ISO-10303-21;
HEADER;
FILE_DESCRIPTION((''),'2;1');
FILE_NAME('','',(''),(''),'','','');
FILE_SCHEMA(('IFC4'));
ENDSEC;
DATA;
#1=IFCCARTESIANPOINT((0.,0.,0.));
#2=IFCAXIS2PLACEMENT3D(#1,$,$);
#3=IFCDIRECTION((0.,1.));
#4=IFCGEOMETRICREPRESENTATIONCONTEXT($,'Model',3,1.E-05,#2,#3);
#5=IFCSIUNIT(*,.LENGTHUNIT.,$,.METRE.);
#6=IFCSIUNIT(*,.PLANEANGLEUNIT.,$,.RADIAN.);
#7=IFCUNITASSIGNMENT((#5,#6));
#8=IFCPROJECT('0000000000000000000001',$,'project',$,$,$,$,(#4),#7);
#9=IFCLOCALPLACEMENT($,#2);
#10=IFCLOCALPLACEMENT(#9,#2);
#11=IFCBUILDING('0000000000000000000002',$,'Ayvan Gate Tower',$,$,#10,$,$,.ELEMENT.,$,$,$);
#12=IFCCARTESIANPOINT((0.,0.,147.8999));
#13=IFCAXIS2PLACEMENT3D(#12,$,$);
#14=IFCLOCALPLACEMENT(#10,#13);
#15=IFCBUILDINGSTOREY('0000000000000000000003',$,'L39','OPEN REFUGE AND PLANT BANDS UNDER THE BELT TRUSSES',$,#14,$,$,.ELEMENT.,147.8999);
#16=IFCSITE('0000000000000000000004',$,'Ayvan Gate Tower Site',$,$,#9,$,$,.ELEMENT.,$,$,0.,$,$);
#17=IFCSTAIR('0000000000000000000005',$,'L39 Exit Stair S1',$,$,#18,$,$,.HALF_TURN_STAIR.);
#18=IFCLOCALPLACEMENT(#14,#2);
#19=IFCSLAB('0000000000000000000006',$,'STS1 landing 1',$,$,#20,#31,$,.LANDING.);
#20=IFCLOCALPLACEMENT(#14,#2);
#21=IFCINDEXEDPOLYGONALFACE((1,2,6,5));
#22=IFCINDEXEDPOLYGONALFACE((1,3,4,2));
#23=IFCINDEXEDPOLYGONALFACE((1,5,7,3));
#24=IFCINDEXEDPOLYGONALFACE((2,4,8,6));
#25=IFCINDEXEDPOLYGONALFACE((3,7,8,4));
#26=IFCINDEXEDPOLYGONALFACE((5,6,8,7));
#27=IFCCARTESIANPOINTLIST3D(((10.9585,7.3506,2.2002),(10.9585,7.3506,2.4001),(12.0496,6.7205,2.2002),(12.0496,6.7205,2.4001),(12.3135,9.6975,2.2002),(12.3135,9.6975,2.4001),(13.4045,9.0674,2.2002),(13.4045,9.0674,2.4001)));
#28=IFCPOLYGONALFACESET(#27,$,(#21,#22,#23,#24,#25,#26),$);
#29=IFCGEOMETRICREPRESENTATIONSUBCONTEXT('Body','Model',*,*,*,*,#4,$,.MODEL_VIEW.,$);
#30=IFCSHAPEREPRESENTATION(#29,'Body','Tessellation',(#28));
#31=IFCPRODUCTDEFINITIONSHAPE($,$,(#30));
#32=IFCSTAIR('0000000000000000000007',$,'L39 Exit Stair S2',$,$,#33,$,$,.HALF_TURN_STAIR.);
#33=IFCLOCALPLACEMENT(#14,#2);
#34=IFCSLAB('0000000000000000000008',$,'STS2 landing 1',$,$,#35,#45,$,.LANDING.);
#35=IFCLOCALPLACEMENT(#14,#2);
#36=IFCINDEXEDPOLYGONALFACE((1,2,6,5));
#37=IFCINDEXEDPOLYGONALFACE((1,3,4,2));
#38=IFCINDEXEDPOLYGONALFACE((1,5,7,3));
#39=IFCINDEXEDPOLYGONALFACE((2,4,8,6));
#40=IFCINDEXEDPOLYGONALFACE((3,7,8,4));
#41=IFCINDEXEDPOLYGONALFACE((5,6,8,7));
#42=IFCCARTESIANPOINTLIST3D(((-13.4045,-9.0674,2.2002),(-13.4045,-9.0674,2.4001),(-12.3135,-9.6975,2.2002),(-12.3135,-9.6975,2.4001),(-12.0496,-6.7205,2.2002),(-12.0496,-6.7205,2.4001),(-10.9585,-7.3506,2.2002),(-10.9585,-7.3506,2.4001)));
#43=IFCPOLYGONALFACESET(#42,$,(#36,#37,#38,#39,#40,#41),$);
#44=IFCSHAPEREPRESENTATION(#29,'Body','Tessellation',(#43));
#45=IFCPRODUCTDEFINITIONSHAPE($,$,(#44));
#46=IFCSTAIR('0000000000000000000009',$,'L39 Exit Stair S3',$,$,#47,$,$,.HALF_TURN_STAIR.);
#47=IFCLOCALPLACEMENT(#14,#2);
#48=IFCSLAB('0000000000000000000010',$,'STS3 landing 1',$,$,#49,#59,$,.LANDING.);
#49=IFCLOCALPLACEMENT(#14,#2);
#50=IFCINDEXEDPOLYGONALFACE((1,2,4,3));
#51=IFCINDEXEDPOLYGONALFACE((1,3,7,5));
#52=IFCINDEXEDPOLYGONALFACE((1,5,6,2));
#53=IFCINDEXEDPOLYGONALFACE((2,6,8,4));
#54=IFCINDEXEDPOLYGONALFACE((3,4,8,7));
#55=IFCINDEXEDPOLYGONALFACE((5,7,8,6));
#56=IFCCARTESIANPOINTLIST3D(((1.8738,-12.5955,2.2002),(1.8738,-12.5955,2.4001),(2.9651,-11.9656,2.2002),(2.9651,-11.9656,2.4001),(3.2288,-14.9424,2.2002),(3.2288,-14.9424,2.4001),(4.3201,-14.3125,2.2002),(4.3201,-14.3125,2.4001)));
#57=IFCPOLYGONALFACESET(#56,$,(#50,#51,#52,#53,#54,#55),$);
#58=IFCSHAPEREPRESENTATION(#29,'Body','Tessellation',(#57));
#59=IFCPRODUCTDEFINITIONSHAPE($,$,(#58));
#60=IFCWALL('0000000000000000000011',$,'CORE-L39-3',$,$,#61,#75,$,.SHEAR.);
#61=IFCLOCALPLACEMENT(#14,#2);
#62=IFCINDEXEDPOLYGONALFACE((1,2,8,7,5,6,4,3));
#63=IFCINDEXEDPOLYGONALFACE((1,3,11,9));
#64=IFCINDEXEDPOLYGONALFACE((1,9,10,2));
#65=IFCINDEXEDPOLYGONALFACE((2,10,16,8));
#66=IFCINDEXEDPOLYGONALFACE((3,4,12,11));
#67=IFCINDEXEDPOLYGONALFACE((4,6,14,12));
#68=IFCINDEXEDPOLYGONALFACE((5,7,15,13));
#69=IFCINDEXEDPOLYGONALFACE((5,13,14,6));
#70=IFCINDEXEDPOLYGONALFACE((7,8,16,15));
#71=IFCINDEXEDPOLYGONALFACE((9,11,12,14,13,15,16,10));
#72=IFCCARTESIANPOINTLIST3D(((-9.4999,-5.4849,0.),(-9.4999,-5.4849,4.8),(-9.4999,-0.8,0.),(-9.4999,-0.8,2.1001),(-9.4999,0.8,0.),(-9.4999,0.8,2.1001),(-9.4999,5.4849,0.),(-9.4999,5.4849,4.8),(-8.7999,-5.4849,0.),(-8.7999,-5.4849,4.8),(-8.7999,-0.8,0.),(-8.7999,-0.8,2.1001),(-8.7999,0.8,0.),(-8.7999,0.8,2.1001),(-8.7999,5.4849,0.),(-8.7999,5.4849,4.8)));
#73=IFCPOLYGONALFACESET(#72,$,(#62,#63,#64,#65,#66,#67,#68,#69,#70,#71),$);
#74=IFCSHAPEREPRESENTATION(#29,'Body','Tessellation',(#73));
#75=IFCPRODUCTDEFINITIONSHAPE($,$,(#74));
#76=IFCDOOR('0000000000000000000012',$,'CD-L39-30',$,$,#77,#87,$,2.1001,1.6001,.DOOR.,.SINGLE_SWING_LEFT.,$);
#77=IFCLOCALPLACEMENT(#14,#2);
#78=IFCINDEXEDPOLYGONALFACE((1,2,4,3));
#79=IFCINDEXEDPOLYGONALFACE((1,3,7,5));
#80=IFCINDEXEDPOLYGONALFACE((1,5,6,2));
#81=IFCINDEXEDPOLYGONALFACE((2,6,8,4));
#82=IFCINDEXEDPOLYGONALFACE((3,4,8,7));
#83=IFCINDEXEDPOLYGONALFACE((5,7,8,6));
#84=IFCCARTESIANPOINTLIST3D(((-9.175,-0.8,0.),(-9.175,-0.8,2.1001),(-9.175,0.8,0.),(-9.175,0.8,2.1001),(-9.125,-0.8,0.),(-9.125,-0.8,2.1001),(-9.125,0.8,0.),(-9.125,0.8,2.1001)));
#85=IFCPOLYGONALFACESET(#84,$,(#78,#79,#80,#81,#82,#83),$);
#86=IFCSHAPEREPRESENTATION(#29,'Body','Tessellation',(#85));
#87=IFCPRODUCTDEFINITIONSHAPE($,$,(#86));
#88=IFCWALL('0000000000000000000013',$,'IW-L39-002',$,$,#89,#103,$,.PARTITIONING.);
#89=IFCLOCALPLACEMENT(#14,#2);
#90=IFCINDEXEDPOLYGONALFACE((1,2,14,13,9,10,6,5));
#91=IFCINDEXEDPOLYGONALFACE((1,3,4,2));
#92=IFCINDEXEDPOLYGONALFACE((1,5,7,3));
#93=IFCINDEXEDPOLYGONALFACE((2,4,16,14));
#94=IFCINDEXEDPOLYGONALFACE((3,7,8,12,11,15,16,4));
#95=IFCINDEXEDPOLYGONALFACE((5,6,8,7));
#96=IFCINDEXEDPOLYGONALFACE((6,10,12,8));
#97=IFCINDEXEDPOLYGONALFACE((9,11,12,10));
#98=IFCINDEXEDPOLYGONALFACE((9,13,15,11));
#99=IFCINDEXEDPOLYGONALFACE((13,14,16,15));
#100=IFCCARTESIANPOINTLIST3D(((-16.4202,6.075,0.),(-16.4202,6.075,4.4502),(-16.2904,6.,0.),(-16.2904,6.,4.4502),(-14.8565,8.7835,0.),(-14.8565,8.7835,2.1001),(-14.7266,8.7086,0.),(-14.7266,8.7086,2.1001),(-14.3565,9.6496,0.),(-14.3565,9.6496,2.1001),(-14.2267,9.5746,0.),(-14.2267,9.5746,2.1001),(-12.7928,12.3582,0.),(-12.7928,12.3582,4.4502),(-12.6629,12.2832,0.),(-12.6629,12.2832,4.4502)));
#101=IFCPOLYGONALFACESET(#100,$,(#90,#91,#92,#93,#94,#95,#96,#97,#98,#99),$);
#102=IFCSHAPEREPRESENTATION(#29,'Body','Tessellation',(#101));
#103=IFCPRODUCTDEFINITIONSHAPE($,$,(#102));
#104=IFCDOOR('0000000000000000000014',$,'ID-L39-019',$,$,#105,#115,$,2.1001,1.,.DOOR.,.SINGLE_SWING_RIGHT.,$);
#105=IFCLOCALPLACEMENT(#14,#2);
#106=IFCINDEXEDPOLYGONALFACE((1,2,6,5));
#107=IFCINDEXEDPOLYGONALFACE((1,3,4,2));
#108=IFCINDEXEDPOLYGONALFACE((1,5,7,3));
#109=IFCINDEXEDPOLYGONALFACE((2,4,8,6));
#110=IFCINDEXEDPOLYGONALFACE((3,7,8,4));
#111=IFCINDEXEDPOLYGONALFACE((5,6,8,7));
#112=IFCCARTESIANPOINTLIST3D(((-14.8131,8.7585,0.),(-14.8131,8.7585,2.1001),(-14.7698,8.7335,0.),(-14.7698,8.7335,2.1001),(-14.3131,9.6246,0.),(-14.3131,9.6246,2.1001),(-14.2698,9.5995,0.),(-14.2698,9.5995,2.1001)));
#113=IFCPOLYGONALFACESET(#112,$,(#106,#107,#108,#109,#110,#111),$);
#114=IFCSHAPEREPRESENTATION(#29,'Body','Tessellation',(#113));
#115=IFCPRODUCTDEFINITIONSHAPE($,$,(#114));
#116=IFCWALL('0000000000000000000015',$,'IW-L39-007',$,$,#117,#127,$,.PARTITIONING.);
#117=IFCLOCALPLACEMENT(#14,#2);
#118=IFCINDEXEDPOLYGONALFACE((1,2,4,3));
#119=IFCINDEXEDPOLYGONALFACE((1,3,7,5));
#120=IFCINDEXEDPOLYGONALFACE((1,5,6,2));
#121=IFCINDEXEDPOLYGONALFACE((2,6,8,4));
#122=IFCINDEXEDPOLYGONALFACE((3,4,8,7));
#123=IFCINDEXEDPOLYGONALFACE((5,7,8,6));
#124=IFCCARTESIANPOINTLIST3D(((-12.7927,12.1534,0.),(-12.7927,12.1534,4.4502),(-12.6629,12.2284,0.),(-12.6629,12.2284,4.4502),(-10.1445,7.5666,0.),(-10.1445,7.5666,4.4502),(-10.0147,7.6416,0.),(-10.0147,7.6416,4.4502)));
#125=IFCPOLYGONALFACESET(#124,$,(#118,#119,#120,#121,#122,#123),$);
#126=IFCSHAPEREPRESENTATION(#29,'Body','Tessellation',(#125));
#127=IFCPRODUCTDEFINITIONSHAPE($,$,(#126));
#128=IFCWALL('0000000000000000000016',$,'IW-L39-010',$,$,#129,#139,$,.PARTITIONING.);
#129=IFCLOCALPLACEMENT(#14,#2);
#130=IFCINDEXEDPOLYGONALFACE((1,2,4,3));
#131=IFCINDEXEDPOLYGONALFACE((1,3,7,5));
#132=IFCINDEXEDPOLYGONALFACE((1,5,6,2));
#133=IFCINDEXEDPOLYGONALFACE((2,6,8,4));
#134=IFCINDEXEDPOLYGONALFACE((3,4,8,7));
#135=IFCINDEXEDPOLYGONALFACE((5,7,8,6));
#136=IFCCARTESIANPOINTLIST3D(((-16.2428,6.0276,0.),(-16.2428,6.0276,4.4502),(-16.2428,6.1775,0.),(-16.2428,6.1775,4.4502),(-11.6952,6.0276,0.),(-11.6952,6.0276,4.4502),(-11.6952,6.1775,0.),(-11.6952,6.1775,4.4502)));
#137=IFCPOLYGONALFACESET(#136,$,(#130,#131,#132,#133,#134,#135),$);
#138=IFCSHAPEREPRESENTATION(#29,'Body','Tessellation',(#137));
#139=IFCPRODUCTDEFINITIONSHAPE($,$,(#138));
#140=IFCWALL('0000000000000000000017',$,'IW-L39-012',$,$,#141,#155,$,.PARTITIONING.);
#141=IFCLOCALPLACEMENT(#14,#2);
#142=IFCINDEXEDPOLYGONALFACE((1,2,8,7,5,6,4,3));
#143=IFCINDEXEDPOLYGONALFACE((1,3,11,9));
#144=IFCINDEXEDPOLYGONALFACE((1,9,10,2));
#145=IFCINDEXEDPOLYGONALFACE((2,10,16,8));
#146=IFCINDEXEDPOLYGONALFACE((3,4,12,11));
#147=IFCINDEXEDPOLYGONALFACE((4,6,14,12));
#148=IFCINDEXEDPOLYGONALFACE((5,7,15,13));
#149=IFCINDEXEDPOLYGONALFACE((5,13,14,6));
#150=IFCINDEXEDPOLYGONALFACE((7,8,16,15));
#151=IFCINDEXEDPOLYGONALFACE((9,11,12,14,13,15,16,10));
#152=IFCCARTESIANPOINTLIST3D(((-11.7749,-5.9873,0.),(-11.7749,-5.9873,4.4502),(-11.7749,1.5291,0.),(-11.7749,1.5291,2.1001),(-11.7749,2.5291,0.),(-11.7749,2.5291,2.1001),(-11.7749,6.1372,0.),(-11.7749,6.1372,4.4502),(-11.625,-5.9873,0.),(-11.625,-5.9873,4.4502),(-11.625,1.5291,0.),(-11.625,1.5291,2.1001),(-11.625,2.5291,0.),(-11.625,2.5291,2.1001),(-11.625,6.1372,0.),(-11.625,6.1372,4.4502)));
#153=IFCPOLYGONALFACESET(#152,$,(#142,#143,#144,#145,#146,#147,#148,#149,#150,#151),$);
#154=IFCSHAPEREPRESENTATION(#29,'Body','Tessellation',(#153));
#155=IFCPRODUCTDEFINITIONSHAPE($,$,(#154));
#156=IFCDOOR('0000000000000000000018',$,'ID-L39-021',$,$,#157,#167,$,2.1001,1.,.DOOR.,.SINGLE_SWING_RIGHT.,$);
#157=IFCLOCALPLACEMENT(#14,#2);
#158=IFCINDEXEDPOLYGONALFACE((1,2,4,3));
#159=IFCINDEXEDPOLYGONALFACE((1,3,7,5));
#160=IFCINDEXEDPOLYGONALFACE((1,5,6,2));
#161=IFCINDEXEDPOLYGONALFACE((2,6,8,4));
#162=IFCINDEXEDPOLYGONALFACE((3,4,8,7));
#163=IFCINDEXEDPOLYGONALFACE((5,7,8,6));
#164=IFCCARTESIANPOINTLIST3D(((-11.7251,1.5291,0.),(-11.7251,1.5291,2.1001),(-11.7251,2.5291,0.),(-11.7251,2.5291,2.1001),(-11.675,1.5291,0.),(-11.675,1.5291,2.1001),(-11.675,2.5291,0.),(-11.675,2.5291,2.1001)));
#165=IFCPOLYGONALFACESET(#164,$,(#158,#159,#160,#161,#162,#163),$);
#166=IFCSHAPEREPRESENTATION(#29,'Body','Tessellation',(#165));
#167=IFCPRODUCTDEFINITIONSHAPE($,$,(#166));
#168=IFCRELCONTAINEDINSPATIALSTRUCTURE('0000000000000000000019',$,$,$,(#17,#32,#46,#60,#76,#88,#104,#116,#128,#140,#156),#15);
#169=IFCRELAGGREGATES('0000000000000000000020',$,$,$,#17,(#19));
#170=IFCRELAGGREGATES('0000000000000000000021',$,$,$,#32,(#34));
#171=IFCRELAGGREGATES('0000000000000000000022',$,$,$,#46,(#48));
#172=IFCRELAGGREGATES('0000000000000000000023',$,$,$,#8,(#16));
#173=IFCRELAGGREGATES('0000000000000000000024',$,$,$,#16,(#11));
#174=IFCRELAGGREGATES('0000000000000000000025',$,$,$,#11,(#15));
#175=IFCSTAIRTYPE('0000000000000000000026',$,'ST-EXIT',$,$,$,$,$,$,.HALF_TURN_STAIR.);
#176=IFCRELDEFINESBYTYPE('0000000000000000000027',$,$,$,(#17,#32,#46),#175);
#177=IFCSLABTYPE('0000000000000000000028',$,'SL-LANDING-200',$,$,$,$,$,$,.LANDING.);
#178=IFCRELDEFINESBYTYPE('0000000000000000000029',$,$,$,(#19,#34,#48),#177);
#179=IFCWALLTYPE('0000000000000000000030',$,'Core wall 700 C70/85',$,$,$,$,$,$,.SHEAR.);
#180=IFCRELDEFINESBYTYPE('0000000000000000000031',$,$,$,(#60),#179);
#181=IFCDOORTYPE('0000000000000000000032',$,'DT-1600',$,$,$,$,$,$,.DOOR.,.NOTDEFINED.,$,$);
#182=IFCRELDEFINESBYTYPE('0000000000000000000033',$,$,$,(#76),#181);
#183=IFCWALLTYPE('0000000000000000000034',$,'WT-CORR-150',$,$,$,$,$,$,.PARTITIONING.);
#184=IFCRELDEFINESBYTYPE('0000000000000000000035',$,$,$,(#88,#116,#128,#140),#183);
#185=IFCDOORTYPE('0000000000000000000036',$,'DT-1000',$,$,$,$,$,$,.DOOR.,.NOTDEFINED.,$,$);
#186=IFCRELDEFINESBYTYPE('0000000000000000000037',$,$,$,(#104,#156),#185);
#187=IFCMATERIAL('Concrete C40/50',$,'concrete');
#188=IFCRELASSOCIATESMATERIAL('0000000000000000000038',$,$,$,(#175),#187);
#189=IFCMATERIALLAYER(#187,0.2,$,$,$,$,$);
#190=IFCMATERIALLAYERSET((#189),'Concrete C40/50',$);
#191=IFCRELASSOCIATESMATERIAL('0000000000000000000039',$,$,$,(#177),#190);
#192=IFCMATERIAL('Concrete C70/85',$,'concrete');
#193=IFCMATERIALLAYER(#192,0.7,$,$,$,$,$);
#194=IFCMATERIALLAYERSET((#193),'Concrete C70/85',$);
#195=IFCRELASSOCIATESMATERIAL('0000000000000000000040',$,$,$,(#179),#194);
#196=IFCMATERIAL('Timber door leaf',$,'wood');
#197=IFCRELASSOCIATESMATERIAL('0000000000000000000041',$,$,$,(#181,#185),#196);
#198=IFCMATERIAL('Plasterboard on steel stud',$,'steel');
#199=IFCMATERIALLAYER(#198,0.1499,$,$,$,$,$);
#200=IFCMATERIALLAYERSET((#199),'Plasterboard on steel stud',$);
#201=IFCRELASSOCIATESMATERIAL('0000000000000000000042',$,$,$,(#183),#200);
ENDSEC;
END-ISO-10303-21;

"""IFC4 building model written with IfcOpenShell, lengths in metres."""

from ifc_helpers import new_model, si_unit, direction, frame, frame_2d, origin, place, context, subcontext, project, spatial, polyline, rectangle, outline, extrude, material, layer, layer_set, type_object, element, fill, aggregate, save


model = new_model("IFC4")

# Units and contexts
model_context = context("Model", 3, precision=1e-05, world=origin(), true_north=direction((0.0, 1.0)))
body_context = subcontext(model_context, "Body", "Model", "MODEL_VIEW")
ifc_project = project(units=[si_unit("LENGTHUNIT", "METRE"), si_unit("PLANEANGLEUNIT", "RADIAN")], contexts=[model_context])

# Site, building, storey
site_placement = place(None, origin())
site = spatial("IfcSite", under=ifc_project, at=site_placement, Name="Ayvan Gate Tower Site", CompositionType="ELEMENT", RefElevation=0.0)
building_placement = place(site_placement, origin())
building = spatial("IfcBuilding", under=site, at=building_placement, Name="Ayvan Gate Tower", CompositionType="ELEMENT")
storey_placement = place(building_placement, frame((0.0, 0.0, 147.8999)))
storey = spatial("IfcBuildingStorey", under=building, at=storey_placement, Name="L39", Description="OPEN REFUGE AND PLANT BANDS UNDER THE BELT TRUSSES", CompositionType="ELEMENT", Elevation=147.8999)

# Shared definitions
ifc_material_1 = material(Name="Concrete C40/50", Category="concrete")

# Stairs, slabs
stair_type = type_object("IfcStairType", Name="ST-EXIT", PredefinedType="HALF_TURN_STAIR", material=ifc_material_1)
stair_1_placement = place(storey_placement, origin())
stair_1 = element("IfcStair", 1, at=stair_1_placement, inside=storey, type_object=stair_type, Name="L39 Exit Stair S1", PredefinedType="HALF_TURN_STAIR")
ifc_layer_1 = layer(ifc_material_1, 0.2)
ifc_layer_set_1 = layer_set([ifc_layer_1], Name="Concrete C40/50")
slab_type_1 = type_object("IfcSlabType", Name="SL-LANDING-200", PredefinedType="LANDING", material=ifc_layer_set_1)
slab_1_placement = place(storey_placement, frame((0.0, 0.0, 2.2002)))
slab_1 = element("IfcSlab", 2, at=slab_1_placement, type_object=slab_type_1, Name="STS1 landing 1", PredefinedType="LANDING", context=body_context, shape_type="SweptSolid", body=[
    extrude(outline(polyline([(10.9585, 7.3506), (12.0496, 6.7205), (13.4045, 9.0674), (12.3135, 9.6975), (10.9585, 7.3506)])), origin(), (0.0, 0.0, 1.0), 0.2),
])
aggregate(stair_1, [slab_1])
stair_2_placement = place(storey_placement, origin())
stair_2 = element("IfcStair", 3, at=stair_2_placement, inside=storey, type_object=stair_type, Name="L39 Exit Stair S2", PredefinedType="HALF_TURN_STAIR")
slab_2_placement = place(storey_placement, frame((0.0, 0.0, 2.2002)))
slab_2 = element("IfcSlab", 4, at=slab_2_placement, type_object=slab_type_1, Name="STS2 landing 1", PredefinedType="LANDING", context=body_context, shape_type="SweptSolid", body=[
    extrude(outline(polyline([(-10.9585, -7.3506), (-12.0496, -6.7205), (-13.4045, -9.0674), (-12.3135, -9.6975), (-10.9585, -7.3506)])), origin(), (0.0, 0.0, 1.0), 0.2),
])
aggregate(stair_2, [slab_2])
stair_3_placement = place(storey_placement, origin())
stair_3 = element("IfcStair", 5, at=stair_3_placement, inside=storey, type_object=stair_type, Name="L39 Exit Stair S3", PredefinedType="HALF_TURN_STAIR")
slab_3_placement = place(storey_placement, frame((0.0, 0.0, 2.2002)))
slab_3 = element("IfcSlab", 6, at=slab_3_placement, type_object=slab_type_1, Name="STS3 landing 1", PredefinedType="LANDING", context=body_context, shape_type="SweptSolid", body=[
    extrude(outline(polyline([(2.9651, -11.9656), (1.8738, -12.5955), (3.2288, -14.9424), (4.3201, -14.3125), (2.9651, -11.9656)])), origin(), (0.0, 0.0, 1.0), 0.2),
])
aggregate(stair_3, [slab_3])

# Walls, openings, doors
ifc_material_2 = material(Name="Concrete C70/85", Category="concrete")
ifc_layer_2 = layer(ifc_material_2, 0.7)
ifc_layer_set_2 = layer_set([ifc_layer_2], Name="Concrete C70/85")
wall_type_1 = type_object("IfcWallType", Name="Core wall 700 C70/85", PredefinedType="SHEAR", material=ifc_layer_set_2)
wall_1_placement = place(storey_placement, frame((-9.1499, 5.4849, 0.0), z_axis=(0.0, 0.0, 1.0), x_axis=(0.0, -1.0, 0.0)))
wall_1 = element("IfcWall", 7, at=wall_1_placement, inside=storey, type_object=wall_type_1, Name="CORE-L39-3", PredefinedType="SHEAR", context=body_context, shape_type="SweptSolid", body=[
    extrude(rectangle(XDim=10.9697, YDim=0.7, at=frame_2d((5.4849, 0.0))), origin(), (0.0, 0.0, 1.0), 4.8),
])
opening_1_placement = place(wall_1_placement, frame((4.6848, 0.0, 0.0)))
opening_1 = element("IfcOpeningElement", 8, at=opening_1_placement, cuts=wall_1, PredefinedType="OPENING", context=body_context, shape_type="SweptSolid", body=[
    extrude(rectangle(XDim=1.6001, YDim=2.1001, at=frame_2d((0.8, 1.05))), frame((0.0, 0.3599, 0.0), z_axis=(0.0, -1.0, 0.0), x_axis=(1.0, 0.0, 0.0)), (0.0, 0.0, 1.0), 0.72),
])
ifc_material_3 = material(Name="Timber door leaf", Category="wood")
door_type_1 = type_object("IfcDoorType", Name="DT-1600", OperationType="NOTDEFINED", PredefinedType="DOOR", material=ifc_material_3)
door_1_placement = place(opening_1_placement, origin())
door_1 = element("IfcDoor", 9, at=door_1_placement, inside=storey, type_object=door_type_1, Name="CD-L39-30", OperationType="SINGLE_SWING_LEFT", OverallHeight=2.1001, OverallWidth=1.6001, PredefinedType="DOOR", context=body_context, shape_type="SweptSolid", body=[
    extrude(rectangle(XDim=1.6001, YDim=2.1001, at=frame_2d((0.8, 1.05))), frame((0.0, 0.0249, 0.0), z_axis=(0.0, -1.0, 0.0), x_axis=(1.0, 0.0, 0.0)), (0.0, 0.0, 1.0), 0.05),
])
fill(opening_1, door_1)
ifc_material_4 = material(Name="Plasterboard on steel stud", Category="steel")
ifc_layer_3 = layer(ifc_material_4, 0.1499)
ifc_layer_set_3 = layer_set([ifc_layer_3], Name="Plasterboard on steel stud")
wall_type_2 = type_object("IfcWallType", Name="WT-CORR-150", PredefinedType="PARTITIONING", material=ifc_layer_set_3)
wall_2_placement = place(storey_placement, frame((-16.3552, 6.0376, 0.0), z_axis=(0.0, 0.0, 1.0), x_axis=(0.499983, 0.866035, 0.0)))
wall_2 = element("IfcWall", 10, at=wall_2_placement, inside=storey, type_object=wall_type_2, Name="IW-L39-002", PredefinedType="PARTITIONING", context=body_context, shape_type="SweptSolid", body=[
    extrude(rectangle(XDim=7.2551, YDim=0.1499, at=frame_2d((3.6274, 0.0))), origin(), (0.0, 0.0, 1.0), 4.4502),
])
opening_2_placement = place(wall_2_placement, frame((3.1274, 0.0, 0.0)))
opening_2 = element("IfcOpeningElement", 11, at=opening_2_placement, cuts=wall_2, PredefinedType="OPENING", context=body_context, shape_type="SweptSolid", body=[
    extrude(rectangle(XDim=1.0, YDim=2.1001, at=frame_2d((0.5, 1.05))), frame((0.0, 0.085, 0.0), z_axis=(0.0, -1.0, 0.0), x_axis=(1.0, 0.0, 0.0)), (0.0, 0.0, 1.0), 0.1699),
])
door_type_2 = type_object("IfcDoorType", Name="DT-1000", OperationType="NOTDEFINED", PredefinedType="DOOR", material=ifc_material_3)
door_2_placement = place(opening_2_placement, origin())
door_2 = element("IfcDoor", 12, at=door_2_placement, inside=storey, type_object=door_type_2, Name="ID-L39-019", OperationType="SINGLE_SWING_RIGHT", OverallHeight=2.1001, OverallWidth=1.0, PredefinedType="DOOR", context=body_context, shape_type="SweptSolid", body=[
    extrude(rectangle(XDim=1.0, YDim=2.1001, at=frame_2d((0.5, 1.05))), frame((0.0, 0.0249, 0.0), z_axis=(0.0, -1.0, 0.0), x_axis=(1.0, 0.0, 0.0)), (0.0, 0.0, 1.0), 0.05),
])
fill(opening_2, door_2)

# Walls
wall_3_placement = place(storey_placement, frame((-12.7278, 12.1909, 0.0), z_axis=(0.0, 0.0, 1.0), x_axis=(0.499991, -0.866031, 0.0)))
element("IfcWall", 13, at=wall_3_placement, inside=storey, type_object=wall_type_2, Name="IW-L39-007", PredefinedType="PARTITIONING", context=body_context, shape_type="SweptSolid", body=[
    extrude(rectangle(XDim=5.2964, YDim=0.1499, at=frame_2d((2.6482, 0.0))), origin(), (0.0, 0.0, 1.0), 4.4502),
])
wall_4_placement = place(storey_placement, frame((-11.6951, 6.1025, 0.0), z_axis=(0.0, 0.0, 1.0), x_axis=(-1.0, 0.0, 0.0)))
element("IfcWall", 14, at=wall_4_placement, inside=storey, type_object=wall_type_2, Name="IW-L39-010", PredefinedType="PARTITIONING", context=body_context, shape_type="SweptSolid", body=[
    extrude(rectangle(XDim=4.5476, YDim=0.1499, at=frame_2d((2.2739, 0.0))), origin(), (0.0, 0.0, 1.0), 4.4502),
])

# Wall, opening, door
wall_5_placement = place(storey_placement, frame((-11.7, 6.1372, 0.0), z_axis=(0.0, 0.0, 1.0), x_axis=(0.0, -1.0, 0.0)))
wall_5 = element("IfcWall", 15, at=wall_5_placement, inside=storey, type_object=wall_type_2, Name="IW-L39-012", PredefinedType="PARTITIONING", context=body_context, shape_type="SweptSolid", body=[
    extrude(rectangle(XDim=12.1245, YDim=0.1499, at=frame_2d((6.0623, 0.0))), origin(), (0.0, 0.0, 1.0), 4.4502),
])
opening_3_placement = place(wall_5_placement, frame((3.6082, 0.0, 0.0)))
opening_3 = element("IfcOpeningElement", 16, at=opening_3_placement, cuts=wall_5, PredefinedType="OPENING", context=body_context, shape_type="SweptSolid", body=[
    extrude(rectangle(XDim=1.0, YDim=2.1001, at=frame_2d((0.5, 1.05))), frame((0.0, 0.085, 0.0), z_axis=(0.0, -1.0, 0.0), x_axis=(1.0, 0.0, 0.0)), (0.0, 0.0, 1.0), 0.1699),
])
door_3_placement = place(opening_3_placement, origin())
door_3 = element("IfcDoor", 17, at=door_3_placement, inside=storey, type_object=door_type_2, Name="ID-L39-021", OperationType="SINGLE_SWING_RIGHT", OverallHeight=2.1001, OverallWidth=1.0, PredefinedType="DOOR", context=body_context, shape_type="SweptSolid", body=[
    extrude(rectangle(XDim=1.0, YDim=2.1001, at=frame_2d((0.5, 1.05))), frame((0.0, 0.0249, 0.0), z_axis=(0.0, -1.0, 0.0), x_axis=(1.0, 0.0, 0.0)), (0.0, 0.0, 1.0), 0.05),
])
fill(opening_3, door_3)

save(model, "model.ifc")
